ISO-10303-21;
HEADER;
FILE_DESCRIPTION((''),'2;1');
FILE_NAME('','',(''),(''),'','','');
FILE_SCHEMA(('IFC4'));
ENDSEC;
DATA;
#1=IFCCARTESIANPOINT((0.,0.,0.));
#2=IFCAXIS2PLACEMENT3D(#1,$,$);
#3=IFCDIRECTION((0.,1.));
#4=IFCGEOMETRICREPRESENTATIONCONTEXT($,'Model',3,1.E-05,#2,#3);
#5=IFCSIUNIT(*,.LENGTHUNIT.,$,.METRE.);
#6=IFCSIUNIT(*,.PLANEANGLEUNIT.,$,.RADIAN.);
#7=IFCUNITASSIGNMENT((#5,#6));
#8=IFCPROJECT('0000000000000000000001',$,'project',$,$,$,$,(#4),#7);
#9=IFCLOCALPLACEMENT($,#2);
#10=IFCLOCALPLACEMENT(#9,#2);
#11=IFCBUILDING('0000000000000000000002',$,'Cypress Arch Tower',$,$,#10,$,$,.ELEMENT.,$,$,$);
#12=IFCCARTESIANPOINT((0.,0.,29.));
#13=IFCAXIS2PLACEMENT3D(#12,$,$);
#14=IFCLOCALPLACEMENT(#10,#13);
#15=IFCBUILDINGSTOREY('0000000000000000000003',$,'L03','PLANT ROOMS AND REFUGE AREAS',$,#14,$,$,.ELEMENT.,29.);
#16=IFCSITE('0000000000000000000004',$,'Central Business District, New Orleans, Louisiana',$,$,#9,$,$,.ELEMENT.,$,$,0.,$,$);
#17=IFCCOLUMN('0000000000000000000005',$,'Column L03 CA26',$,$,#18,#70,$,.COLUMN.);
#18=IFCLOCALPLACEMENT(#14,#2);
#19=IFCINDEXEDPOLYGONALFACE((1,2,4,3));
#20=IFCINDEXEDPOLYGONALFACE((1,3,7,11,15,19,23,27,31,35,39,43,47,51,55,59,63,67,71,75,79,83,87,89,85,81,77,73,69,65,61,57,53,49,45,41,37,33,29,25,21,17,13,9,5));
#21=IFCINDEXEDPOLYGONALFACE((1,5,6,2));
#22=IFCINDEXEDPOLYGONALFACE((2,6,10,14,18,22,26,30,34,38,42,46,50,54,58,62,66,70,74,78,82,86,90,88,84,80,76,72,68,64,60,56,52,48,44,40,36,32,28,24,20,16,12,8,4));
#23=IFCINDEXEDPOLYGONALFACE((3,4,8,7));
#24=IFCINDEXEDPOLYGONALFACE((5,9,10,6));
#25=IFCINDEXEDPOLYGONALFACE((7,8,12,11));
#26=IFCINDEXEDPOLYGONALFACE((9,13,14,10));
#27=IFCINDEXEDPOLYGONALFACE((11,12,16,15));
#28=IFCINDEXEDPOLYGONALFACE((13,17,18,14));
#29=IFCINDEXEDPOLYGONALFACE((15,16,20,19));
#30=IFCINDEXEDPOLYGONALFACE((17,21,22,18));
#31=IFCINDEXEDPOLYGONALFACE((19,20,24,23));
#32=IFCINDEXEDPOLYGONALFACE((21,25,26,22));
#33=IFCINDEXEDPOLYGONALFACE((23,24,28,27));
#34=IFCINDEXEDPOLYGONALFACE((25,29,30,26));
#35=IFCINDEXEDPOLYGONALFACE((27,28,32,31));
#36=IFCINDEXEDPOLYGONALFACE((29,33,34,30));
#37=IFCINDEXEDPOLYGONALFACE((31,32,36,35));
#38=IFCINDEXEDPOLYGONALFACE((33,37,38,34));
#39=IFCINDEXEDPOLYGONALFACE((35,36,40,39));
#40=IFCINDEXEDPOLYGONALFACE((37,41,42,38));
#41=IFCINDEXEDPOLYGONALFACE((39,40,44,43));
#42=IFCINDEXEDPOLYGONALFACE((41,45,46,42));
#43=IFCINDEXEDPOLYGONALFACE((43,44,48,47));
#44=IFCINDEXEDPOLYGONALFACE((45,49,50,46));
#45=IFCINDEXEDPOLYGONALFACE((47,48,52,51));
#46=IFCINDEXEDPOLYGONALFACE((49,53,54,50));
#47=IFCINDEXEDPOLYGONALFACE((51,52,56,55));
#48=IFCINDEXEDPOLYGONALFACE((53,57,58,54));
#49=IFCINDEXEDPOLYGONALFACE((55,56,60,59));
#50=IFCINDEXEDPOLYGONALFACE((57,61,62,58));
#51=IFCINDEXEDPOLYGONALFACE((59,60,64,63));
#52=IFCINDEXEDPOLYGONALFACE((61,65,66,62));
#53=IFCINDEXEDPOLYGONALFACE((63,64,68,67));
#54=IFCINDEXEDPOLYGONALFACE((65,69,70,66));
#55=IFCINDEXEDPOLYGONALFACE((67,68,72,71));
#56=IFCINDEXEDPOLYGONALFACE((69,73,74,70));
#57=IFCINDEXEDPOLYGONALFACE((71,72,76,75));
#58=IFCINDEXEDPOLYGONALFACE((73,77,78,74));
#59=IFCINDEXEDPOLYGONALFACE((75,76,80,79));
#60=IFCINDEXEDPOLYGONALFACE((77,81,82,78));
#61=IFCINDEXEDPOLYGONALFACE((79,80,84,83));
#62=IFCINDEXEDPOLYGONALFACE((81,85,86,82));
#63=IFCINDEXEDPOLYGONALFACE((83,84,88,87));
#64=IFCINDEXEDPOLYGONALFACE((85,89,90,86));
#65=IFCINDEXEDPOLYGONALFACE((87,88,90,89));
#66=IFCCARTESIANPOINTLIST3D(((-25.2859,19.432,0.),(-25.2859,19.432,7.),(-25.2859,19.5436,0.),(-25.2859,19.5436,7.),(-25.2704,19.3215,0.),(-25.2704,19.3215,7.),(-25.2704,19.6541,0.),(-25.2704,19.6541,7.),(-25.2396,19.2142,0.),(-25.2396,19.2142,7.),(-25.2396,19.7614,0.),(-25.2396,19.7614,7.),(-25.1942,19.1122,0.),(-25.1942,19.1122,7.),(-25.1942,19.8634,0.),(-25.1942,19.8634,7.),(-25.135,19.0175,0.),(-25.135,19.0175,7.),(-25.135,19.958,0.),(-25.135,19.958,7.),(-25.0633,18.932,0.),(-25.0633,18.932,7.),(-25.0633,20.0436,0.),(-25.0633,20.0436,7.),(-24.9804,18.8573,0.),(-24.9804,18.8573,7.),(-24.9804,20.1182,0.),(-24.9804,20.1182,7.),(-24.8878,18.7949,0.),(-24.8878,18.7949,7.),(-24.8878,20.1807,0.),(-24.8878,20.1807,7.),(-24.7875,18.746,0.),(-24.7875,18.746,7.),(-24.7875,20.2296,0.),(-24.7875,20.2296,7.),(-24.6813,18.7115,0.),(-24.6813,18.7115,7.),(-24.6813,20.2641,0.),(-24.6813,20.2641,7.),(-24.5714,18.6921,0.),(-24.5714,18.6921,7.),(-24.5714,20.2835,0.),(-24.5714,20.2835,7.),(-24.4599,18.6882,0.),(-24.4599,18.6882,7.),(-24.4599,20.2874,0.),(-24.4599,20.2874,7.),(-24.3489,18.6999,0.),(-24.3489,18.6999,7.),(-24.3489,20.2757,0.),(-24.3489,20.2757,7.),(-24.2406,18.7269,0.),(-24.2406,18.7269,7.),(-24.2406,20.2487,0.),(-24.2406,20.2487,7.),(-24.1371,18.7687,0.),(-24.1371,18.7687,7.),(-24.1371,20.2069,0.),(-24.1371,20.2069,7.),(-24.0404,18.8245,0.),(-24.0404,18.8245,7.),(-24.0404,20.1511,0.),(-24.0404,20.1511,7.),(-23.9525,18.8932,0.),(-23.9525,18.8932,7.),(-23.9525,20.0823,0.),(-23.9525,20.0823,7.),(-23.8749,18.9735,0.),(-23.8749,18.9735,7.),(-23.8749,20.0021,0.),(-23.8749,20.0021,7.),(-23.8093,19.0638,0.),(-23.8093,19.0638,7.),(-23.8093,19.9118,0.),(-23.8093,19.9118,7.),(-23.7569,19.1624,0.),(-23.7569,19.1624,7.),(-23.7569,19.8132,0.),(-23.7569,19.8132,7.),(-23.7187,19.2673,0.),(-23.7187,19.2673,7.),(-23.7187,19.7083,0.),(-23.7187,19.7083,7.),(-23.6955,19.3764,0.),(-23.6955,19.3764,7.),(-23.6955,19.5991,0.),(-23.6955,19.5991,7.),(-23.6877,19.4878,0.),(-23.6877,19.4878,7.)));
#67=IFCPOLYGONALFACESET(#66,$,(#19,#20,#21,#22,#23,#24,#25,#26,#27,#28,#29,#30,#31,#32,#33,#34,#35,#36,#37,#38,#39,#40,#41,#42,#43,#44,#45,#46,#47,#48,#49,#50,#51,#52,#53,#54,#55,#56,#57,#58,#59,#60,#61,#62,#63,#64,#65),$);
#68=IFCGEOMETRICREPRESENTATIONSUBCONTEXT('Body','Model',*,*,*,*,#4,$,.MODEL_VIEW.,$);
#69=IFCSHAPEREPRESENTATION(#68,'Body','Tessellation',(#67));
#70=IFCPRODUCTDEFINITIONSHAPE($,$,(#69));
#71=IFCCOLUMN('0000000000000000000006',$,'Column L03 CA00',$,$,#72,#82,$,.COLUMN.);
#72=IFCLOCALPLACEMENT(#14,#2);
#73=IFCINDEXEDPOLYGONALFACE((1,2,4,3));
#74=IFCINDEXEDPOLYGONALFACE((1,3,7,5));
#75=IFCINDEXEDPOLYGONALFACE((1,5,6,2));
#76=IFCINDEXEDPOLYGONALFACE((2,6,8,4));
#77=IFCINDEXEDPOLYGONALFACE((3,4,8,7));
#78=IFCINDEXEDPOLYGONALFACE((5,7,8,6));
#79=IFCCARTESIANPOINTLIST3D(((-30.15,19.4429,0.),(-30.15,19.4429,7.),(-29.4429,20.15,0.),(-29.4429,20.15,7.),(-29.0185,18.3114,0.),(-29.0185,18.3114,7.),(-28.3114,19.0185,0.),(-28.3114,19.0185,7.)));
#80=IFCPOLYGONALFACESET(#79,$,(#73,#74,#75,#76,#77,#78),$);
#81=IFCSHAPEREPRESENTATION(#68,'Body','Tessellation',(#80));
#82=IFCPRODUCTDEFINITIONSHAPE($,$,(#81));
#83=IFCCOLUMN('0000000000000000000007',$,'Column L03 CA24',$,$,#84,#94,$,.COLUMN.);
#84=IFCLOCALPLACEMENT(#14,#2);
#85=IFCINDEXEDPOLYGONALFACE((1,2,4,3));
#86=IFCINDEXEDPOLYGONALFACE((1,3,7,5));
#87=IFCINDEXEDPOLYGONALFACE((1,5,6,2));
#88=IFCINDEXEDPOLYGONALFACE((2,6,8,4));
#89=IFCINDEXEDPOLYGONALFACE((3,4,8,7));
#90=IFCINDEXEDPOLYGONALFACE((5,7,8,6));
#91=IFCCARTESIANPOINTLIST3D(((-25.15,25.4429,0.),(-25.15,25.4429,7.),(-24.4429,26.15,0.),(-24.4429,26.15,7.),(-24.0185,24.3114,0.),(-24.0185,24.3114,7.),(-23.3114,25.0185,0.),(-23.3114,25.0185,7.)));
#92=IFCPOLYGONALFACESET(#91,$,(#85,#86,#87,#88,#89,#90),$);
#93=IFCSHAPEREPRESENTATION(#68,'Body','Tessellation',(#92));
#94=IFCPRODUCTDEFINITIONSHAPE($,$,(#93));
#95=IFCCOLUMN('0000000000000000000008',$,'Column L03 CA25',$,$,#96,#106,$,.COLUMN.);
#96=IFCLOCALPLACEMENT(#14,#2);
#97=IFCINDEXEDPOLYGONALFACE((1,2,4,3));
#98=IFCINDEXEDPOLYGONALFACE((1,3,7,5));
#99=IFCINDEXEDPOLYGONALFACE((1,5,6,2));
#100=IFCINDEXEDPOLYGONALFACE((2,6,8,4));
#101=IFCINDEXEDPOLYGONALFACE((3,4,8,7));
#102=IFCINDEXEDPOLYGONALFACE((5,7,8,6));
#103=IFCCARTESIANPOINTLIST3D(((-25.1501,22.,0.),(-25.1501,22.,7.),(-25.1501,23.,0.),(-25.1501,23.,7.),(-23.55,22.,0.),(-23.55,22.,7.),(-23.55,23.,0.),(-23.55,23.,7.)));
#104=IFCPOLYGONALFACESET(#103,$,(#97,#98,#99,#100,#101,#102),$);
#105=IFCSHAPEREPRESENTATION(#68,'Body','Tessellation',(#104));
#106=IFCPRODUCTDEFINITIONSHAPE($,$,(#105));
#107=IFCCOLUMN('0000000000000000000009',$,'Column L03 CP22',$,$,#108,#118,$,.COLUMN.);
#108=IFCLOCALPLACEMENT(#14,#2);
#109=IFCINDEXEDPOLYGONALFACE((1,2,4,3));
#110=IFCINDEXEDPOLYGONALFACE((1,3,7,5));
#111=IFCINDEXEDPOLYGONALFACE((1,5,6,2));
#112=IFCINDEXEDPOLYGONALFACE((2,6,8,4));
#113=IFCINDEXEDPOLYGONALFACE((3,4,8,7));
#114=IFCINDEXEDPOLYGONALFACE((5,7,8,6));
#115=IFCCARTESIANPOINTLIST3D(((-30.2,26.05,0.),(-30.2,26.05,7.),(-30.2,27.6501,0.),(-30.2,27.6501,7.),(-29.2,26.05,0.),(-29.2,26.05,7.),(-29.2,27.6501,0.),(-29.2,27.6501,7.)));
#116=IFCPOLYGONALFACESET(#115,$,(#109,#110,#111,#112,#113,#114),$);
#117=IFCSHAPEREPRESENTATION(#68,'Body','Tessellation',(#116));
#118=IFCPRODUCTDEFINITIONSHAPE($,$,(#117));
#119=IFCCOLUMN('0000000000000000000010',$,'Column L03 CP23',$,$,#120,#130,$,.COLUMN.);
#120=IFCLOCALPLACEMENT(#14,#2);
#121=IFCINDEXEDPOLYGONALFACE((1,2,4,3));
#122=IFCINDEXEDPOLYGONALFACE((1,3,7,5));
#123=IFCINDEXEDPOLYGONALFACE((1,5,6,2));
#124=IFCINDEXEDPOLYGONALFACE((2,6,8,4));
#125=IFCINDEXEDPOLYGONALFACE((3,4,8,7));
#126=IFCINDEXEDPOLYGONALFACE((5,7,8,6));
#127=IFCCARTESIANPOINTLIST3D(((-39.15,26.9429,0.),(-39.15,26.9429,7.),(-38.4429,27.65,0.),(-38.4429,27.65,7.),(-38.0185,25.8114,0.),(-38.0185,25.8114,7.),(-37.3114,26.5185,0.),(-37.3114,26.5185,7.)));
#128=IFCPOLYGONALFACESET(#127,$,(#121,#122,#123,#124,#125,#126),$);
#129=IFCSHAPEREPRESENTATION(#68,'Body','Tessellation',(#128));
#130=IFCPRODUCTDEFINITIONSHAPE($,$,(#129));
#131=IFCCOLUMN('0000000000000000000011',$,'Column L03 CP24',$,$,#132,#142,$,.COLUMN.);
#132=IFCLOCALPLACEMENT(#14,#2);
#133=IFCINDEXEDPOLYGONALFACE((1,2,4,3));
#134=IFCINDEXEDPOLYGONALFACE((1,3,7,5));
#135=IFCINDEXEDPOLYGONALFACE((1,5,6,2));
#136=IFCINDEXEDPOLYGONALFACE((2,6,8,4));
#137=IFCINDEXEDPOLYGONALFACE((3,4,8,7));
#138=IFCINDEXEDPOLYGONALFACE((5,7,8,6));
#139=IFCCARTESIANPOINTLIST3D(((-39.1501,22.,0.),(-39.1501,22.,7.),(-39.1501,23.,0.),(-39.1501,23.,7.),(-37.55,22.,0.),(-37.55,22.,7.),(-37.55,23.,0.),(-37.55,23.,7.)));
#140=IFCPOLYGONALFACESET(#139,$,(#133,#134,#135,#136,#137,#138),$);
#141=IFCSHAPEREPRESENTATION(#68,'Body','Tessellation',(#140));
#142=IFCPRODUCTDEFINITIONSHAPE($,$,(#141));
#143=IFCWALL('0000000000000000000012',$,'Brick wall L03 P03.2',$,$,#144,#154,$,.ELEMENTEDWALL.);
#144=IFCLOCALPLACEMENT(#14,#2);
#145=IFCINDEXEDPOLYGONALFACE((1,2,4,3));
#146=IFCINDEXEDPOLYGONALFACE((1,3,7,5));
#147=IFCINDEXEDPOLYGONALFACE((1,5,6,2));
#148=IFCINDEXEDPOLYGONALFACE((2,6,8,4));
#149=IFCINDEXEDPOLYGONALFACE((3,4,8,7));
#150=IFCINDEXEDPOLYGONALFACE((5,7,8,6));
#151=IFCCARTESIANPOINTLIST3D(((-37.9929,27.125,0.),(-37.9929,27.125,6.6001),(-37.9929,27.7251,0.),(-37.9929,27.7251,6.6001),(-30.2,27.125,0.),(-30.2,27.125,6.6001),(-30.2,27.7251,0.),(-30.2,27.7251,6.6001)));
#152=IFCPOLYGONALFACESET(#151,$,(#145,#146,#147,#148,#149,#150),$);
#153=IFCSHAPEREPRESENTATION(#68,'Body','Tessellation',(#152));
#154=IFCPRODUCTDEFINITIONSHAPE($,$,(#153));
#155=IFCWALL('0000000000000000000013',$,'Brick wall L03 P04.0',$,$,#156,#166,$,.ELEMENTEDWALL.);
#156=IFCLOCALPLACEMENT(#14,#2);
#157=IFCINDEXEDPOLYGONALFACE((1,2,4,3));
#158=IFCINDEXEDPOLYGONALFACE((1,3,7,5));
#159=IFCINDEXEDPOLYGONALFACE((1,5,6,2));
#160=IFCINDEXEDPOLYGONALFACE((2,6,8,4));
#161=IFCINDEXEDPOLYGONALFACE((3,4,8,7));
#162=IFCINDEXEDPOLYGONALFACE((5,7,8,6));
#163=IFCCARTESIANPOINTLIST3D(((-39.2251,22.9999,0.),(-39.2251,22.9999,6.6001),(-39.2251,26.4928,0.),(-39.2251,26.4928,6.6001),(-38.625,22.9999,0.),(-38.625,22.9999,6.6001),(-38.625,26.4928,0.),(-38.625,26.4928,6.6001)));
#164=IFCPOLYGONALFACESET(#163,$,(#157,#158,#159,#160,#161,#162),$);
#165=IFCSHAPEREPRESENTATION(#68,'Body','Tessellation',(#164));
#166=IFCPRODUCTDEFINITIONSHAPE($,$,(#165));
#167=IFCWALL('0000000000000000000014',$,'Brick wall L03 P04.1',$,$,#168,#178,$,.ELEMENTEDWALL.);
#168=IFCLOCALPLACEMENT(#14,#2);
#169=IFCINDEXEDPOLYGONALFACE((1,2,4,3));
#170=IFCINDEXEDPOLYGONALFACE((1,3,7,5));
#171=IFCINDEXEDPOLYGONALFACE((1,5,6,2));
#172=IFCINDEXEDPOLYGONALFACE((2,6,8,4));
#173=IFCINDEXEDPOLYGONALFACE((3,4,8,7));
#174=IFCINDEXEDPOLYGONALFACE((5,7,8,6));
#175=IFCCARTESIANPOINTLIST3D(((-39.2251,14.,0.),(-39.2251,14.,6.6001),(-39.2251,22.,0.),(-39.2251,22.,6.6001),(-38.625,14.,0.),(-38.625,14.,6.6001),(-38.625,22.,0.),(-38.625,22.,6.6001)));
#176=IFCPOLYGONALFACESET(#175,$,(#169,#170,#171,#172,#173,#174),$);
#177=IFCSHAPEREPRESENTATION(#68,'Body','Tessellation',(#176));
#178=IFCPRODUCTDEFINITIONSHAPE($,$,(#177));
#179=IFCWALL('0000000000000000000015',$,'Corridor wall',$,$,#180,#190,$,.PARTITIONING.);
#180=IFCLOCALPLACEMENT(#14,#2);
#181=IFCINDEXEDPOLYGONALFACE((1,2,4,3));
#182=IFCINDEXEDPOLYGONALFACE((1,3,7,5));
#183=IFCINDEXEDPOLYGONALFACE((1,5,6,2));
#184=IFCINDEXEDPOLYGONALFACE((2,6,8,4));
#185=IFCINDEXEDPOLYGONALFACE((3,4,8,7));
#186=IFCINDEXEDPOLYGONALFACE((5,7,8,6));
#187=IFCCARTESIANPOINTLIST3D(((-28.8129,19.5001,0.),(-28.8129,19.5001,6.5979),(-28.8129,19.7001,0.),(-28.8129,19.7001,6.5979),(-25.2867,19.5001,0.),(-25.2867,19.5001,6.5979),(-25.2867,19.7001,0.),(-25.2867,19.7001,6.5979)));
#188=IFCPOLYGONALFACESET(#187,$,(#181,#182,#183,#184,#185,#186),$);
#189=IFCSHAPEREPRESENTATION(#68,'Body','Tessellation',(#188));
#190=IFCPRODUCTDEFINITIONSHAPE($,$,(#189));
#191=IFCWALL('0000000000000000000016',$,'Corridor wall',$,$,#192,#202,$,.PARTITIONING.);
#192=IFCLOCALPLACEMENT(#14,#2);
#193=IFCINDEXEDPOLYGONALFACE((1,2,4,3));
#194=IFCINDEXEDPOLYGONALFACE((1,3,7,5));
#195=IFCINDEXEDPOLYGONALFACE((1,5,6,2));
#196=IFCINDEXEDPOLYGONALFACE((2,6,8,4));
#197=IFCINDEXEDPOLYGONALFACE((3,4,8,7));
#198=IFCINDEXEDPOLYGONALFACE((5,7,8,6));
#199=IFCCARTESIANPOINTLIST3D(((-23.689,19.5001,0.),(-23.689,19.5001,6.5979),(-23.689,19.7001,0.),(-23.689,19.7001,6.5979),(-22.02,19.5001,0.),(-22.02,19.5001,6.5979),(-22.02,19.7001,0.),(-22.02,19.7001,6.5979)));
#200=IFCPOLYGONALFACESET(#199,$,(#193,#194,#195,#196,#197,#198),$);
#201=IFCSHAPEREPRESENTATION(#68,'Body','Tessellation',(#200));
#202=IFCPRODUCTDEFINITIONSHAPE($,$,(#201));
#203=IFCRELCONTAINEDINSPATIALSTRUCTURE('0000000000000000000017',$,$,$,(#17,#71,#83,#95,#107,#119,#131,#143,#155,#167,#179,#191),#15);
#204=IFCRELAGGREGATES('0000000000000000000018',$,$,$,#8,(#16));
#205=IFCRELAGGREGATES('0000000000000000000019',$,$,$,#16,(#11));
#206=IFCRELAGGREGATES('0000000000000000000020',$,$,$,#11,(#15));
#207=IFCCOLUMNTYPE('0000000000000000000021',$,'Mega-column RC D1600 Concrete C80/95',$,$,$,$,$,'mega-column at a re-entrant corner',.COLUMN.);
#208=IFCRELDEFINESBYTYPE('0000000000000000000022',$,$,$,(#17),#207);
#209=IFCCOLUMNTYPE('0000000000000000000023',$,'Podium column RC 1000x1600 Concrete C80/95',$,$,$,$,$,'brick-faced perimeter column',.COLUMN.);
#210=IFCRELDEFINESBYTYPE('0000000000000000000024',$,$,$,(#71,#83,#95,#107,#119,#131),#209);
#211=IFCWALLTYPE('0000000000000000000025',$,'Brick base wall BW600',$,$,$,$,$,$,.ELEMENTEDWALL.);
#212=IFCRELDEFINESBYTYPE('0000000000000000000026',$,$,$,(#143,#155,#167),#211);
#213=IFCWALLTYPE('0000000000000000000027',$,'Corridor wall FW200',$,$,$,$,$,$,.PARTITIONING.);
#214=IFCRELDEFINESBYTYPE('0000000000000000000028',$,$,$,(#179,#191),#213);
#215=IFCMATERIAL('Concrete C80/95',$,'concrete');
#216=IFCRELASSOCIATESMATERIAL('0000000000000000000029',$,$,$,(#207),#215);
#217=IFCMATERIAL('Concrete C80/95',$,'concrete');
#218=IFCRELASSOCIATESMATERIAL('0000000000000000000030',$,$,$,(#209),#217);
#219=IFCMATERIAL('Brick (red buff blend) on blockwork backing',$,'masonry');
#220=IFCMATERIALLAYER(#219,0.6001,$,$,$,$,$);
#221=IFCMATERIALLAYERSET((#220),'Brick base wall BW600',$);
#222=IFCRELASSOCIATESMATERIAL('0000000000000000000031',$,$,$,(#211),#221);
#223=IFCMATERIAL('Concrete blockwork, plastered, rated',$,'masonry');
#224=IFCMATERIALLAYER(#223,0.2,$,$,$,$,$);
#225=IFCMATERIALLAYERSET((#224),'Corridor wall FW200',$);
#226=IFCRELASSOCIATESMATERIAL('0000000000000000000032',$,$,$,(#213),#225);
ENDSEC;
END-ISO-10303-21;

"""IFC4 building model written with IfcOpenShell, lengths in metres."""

from ifc_helpers import new_model, si_unit, direction, frame, frame_2d, origin, origin_2d, place, context, subcontext, project, spatial, rectangle, circle, extrude, material, layer, layer_set, material_profile, profile_set, type_object, element, save


model = new_model("IFC4")

# Units and contexts
model_context = context("Model", 3, precision=1e-05, world=origin(), true_north=direction((0.0, 1.0)))
body_context = subcontext(model_context, "Body", "Model", "MODEL_VIEW")
ifc_project = project(units=[si_unit("LENGTHUNIT", "METRE"), si_unit("PLANEANGLEUNIT", "RADIAN")], contexts=[model_context])

# Site, building, storey
site_placement = place(None, origin())
site = spatial("IfcSite", under=ifc_project, at=site_placement, Name="Central Business District, New Orleans, Louisiana", CompositionType="ELEMENT", RefElevation=0.0)
building_placement = place(site_placement, origin())
building = spatial("IfcBuilding", under=site, at=building_placement, Name="Cypress Arch Tower", CompositionType="ELEMENT")
storey_placement = place(building_placement, frame((0.0, 0.0, 29.0)))
storey = spatial("IfcBuildingStorey", under=building, at=storey_placement, Name="L03", Description="PLANT ROOMS AND REFUGE AREAS", CompositionType="ELEMENT", Elevation=29.0)

# Columns
ifc_material_1 = material(Name="Concrete C80/95", Category="concrete")
ifc_material_profile_1 = material_profile(ifc_material_1, circle(Radius=0.8, at=origin_2d()), Name="RC D1600")
ifc_profile_set_1 = profile_set([ifc_material_profile_1], Name="Concrete C80/95")
column_type_1 = type_object("IfcColumnType", Name="Mega-column RC D1600 Concrete C80/95", ElementType="mega-column at a re-entrant corner", PredefinedType="COLUMN", material=ifc_profile_set_1)
column_placement = place(storey_placement, frame((-24.4878, 19.4878, 0.0), z_axis=(0.0, 0.0, 1.0), x_axis=(1.0, 0.0, 0.0)))
element("IfcColumn", 1, at=column_placement, inside=storey, type_object=column_type_1, Name="Column L03 CA26", PredefinedType="COLUMN", context=body_context, shape_type="SweptSolid", body=[
    extrude(circle(Radius=0.8, at=origin_2d()), origin(), (0.0, 0.0, 1.0), 7.0),
])
ifc_material_2 = material(Name="Concrete C80/95", Category="concrete")
ifc_material_profile_2 = material_profile(ifc_material_2, rectangle(XDim=1.0, YDim=1.6001, at=origin_2d()), Name="RC 1000x1600")
ifc_profile_set_2 = profile_set([ifc_material_profile_2], Name="Concrete C80/95")
column_type_2 = type_object("IfcColumnType", Name="Podium column RC 1000x1600 Concrete C80/95", ElementType="brick-faced perimeter column", PredefinedType="COLUMN", material=ifc_profile_set_2)
for number, where, z_axis, x_axis, name in (
    (2, (-29.2307, 19.2307, 0.0), (0.0, 0.0, 1.0), (-0.707107, -0.707107, 0.0), "Column L03 CA00"),
    (3, (-24.2307, 25.2307, 0.0), (0.0, 0.0, 1.0), (-0.707107, -0.707107, 0.0), "Column L03 CA24"),
    (4, (-24.3501, 22.5, 0.0), (0.0, 0.0, 1.0), (0.0, -1.0, 0.0), "Column L03 CA25"),
    (5, (-29.7, 26.8501, 0.0), (0.0, 0.0, 1.0), (-1.0, 0.0, 0.0), "Column L03 CP22"),
    (6, (-38.2307, 26.7307, 0.0), (0.0, 0.0, 1.0), (-0.707107, -0.707107, 0.0), "Column L03 CP23"),
    (7, (-38.3501, 22.5, 0.0), (0.0, 0.0, 1.0), (0.0, -1.0, 0.0), "Column L03 CP24"),
):
    element("IfcColumn", number, at=place(storey_placement, frame(where, z_axis=z_axis, x_axis=x_axis)), inside=storey, type_object=column_type_2, Name=name, PredefinedType="COLUMN", context=body_context, shape_type="SweptSolid", body=[
        extrude(rectangle(XDim=1.0, YDim=1.6001, at=origin_2d()), origin(), (0.0, 0.0, 1.0), 7.0),
    ])

# Walls
ifc_material_3 = material(Name="Brick (red buff blend) on blockwork backing", Category="masonry")
ifc_layer_1 = layer(ifc_material_3, 0.6001)
ifc_layer_set_1 = layer_set([ifc_layer_1], Name="Brick base wall BW600")
wall_type_1 = type_object("IfcWallType", Name="Brick base wall BW600", PredefinedType="ELEMENTEDWALL", material=ifc_layer_set_1)
wall_1_placement = place(storey_placement, frame((-30.2, 27.425, 0.0), z_axis=(0.0, 0.0, 1.0), x_axis=(-1.0, 0.0, 0.0)))
element("IfcWall", 8, at=wall_1_placement, inside=storey, type_object=wall_type_1, Name="Brick wall L03 P03.2", PredefinedType="ELEMENTEDWALL", context=body_context, shape_type="SweptSolid", body=[
    extrude(rectangle(XDim=7.793, YDim=0.6001, at=frame_2d((3.8965, 0.0))), origin(), (0.0, 0.0, 1.0), 6.6001),
])
wall_2_placement = place(storey_placement, frame((-38.925, 26.4929, 0.0), z_axis=(0.0, 0.0, 1.0), x_axis=(0.0, -1.0, 0.0)))
element("IfcWall", 9, at=wall_2_placement, inside=storey, type_object=wall_type_1, Name="Brick wall L03 P04.0", PredefinedType="ELEMENTEDWALL", context=body_context, shape_type="SweptSolid", body=[
    extrude(rectangle(XDim=3.4929, YDim=0.6001, at=frame_2d((1.7466, 0.0))), origin(), (0.0, 0.0, 1.0), 6.6001),
])
wall_3_placement = place(storey_placement, frame((-38.925, 22.0, 0.0), z_axis=(0.0, 0.0, 1.0), x_axis=(0.0, -1.0, 0.0)))
element("IfcWall", 10, at=wall_3_placement, inside=storey, type_object=wall_type_1, Name="Brick wall L03 P04.1", PredefinedType="ELEMENTEDWALL", context=body_context, shape_type="SweptSolid", body=[
    extrude(rectangle(XDim=8.0, YDim=0.6001, at=frame_2d((4.0, 0.0))), origin(), (0.0, 0.0, 1.0), 6.6001),
])

# Shared definitions
ifc_material_4 = material(Name="Concrete blockwork, plastered, rated", Category="masonry")
ifc_layer_2 = layer(ifc_material_4, 0.2)
ifc_layer_set_2 = layer_set([ifc_layer_2], Name="Corridor wall FW200")
wall_type_2 = type_object("IfcWallType", Name="Corridor wall FW200", PredefinedType="PARTITIONING", material=ifc_layer_set_2)

# Walls
wall_4_placement = place(storey_placement, frame((-28.813, 19.6001, 0.0), z_axis=(0.0, 0.0, 1.0), x_axis=(1.0, 0.0, 0.0)))
element("IfcWall", 11, at=wall_4_placement, inside=storey, type_object=wall_type_2, Name="Corridor wall", PredefinedType="PARTITIONING", context=body_context, shape_type="SweptSolid", body=[
    extrude(rectangle(XDim=3.5261, YDim=0.2, at=frame_2d((1.7632, 0.0))), origin(), (0.0, 0.0, 1.0), 6.5979),
])
wall_5_placement = place(storey_placement, frame((-23.689, 19.6001, 0.0), z_axis=(0.0, 0.0, 1.0), x_axis=(1.0, 0.0, 0.0)))
element("IfcWall", 12, at=wall_5_placement, inside=storey, type_object=wall_type_2, Name="Corridor wall", PredefinedType="PARTITIONING", context=body_context, shape_type="SweptSolid", body=[
    extrude(rectangle(XDim=1.6689, YDim=0.2, at=frame_2d((0.8345, 0.0))), origin(), (0.0, 0.0, 1.0), 6.5979),
])

save(model, "model.ifc")
